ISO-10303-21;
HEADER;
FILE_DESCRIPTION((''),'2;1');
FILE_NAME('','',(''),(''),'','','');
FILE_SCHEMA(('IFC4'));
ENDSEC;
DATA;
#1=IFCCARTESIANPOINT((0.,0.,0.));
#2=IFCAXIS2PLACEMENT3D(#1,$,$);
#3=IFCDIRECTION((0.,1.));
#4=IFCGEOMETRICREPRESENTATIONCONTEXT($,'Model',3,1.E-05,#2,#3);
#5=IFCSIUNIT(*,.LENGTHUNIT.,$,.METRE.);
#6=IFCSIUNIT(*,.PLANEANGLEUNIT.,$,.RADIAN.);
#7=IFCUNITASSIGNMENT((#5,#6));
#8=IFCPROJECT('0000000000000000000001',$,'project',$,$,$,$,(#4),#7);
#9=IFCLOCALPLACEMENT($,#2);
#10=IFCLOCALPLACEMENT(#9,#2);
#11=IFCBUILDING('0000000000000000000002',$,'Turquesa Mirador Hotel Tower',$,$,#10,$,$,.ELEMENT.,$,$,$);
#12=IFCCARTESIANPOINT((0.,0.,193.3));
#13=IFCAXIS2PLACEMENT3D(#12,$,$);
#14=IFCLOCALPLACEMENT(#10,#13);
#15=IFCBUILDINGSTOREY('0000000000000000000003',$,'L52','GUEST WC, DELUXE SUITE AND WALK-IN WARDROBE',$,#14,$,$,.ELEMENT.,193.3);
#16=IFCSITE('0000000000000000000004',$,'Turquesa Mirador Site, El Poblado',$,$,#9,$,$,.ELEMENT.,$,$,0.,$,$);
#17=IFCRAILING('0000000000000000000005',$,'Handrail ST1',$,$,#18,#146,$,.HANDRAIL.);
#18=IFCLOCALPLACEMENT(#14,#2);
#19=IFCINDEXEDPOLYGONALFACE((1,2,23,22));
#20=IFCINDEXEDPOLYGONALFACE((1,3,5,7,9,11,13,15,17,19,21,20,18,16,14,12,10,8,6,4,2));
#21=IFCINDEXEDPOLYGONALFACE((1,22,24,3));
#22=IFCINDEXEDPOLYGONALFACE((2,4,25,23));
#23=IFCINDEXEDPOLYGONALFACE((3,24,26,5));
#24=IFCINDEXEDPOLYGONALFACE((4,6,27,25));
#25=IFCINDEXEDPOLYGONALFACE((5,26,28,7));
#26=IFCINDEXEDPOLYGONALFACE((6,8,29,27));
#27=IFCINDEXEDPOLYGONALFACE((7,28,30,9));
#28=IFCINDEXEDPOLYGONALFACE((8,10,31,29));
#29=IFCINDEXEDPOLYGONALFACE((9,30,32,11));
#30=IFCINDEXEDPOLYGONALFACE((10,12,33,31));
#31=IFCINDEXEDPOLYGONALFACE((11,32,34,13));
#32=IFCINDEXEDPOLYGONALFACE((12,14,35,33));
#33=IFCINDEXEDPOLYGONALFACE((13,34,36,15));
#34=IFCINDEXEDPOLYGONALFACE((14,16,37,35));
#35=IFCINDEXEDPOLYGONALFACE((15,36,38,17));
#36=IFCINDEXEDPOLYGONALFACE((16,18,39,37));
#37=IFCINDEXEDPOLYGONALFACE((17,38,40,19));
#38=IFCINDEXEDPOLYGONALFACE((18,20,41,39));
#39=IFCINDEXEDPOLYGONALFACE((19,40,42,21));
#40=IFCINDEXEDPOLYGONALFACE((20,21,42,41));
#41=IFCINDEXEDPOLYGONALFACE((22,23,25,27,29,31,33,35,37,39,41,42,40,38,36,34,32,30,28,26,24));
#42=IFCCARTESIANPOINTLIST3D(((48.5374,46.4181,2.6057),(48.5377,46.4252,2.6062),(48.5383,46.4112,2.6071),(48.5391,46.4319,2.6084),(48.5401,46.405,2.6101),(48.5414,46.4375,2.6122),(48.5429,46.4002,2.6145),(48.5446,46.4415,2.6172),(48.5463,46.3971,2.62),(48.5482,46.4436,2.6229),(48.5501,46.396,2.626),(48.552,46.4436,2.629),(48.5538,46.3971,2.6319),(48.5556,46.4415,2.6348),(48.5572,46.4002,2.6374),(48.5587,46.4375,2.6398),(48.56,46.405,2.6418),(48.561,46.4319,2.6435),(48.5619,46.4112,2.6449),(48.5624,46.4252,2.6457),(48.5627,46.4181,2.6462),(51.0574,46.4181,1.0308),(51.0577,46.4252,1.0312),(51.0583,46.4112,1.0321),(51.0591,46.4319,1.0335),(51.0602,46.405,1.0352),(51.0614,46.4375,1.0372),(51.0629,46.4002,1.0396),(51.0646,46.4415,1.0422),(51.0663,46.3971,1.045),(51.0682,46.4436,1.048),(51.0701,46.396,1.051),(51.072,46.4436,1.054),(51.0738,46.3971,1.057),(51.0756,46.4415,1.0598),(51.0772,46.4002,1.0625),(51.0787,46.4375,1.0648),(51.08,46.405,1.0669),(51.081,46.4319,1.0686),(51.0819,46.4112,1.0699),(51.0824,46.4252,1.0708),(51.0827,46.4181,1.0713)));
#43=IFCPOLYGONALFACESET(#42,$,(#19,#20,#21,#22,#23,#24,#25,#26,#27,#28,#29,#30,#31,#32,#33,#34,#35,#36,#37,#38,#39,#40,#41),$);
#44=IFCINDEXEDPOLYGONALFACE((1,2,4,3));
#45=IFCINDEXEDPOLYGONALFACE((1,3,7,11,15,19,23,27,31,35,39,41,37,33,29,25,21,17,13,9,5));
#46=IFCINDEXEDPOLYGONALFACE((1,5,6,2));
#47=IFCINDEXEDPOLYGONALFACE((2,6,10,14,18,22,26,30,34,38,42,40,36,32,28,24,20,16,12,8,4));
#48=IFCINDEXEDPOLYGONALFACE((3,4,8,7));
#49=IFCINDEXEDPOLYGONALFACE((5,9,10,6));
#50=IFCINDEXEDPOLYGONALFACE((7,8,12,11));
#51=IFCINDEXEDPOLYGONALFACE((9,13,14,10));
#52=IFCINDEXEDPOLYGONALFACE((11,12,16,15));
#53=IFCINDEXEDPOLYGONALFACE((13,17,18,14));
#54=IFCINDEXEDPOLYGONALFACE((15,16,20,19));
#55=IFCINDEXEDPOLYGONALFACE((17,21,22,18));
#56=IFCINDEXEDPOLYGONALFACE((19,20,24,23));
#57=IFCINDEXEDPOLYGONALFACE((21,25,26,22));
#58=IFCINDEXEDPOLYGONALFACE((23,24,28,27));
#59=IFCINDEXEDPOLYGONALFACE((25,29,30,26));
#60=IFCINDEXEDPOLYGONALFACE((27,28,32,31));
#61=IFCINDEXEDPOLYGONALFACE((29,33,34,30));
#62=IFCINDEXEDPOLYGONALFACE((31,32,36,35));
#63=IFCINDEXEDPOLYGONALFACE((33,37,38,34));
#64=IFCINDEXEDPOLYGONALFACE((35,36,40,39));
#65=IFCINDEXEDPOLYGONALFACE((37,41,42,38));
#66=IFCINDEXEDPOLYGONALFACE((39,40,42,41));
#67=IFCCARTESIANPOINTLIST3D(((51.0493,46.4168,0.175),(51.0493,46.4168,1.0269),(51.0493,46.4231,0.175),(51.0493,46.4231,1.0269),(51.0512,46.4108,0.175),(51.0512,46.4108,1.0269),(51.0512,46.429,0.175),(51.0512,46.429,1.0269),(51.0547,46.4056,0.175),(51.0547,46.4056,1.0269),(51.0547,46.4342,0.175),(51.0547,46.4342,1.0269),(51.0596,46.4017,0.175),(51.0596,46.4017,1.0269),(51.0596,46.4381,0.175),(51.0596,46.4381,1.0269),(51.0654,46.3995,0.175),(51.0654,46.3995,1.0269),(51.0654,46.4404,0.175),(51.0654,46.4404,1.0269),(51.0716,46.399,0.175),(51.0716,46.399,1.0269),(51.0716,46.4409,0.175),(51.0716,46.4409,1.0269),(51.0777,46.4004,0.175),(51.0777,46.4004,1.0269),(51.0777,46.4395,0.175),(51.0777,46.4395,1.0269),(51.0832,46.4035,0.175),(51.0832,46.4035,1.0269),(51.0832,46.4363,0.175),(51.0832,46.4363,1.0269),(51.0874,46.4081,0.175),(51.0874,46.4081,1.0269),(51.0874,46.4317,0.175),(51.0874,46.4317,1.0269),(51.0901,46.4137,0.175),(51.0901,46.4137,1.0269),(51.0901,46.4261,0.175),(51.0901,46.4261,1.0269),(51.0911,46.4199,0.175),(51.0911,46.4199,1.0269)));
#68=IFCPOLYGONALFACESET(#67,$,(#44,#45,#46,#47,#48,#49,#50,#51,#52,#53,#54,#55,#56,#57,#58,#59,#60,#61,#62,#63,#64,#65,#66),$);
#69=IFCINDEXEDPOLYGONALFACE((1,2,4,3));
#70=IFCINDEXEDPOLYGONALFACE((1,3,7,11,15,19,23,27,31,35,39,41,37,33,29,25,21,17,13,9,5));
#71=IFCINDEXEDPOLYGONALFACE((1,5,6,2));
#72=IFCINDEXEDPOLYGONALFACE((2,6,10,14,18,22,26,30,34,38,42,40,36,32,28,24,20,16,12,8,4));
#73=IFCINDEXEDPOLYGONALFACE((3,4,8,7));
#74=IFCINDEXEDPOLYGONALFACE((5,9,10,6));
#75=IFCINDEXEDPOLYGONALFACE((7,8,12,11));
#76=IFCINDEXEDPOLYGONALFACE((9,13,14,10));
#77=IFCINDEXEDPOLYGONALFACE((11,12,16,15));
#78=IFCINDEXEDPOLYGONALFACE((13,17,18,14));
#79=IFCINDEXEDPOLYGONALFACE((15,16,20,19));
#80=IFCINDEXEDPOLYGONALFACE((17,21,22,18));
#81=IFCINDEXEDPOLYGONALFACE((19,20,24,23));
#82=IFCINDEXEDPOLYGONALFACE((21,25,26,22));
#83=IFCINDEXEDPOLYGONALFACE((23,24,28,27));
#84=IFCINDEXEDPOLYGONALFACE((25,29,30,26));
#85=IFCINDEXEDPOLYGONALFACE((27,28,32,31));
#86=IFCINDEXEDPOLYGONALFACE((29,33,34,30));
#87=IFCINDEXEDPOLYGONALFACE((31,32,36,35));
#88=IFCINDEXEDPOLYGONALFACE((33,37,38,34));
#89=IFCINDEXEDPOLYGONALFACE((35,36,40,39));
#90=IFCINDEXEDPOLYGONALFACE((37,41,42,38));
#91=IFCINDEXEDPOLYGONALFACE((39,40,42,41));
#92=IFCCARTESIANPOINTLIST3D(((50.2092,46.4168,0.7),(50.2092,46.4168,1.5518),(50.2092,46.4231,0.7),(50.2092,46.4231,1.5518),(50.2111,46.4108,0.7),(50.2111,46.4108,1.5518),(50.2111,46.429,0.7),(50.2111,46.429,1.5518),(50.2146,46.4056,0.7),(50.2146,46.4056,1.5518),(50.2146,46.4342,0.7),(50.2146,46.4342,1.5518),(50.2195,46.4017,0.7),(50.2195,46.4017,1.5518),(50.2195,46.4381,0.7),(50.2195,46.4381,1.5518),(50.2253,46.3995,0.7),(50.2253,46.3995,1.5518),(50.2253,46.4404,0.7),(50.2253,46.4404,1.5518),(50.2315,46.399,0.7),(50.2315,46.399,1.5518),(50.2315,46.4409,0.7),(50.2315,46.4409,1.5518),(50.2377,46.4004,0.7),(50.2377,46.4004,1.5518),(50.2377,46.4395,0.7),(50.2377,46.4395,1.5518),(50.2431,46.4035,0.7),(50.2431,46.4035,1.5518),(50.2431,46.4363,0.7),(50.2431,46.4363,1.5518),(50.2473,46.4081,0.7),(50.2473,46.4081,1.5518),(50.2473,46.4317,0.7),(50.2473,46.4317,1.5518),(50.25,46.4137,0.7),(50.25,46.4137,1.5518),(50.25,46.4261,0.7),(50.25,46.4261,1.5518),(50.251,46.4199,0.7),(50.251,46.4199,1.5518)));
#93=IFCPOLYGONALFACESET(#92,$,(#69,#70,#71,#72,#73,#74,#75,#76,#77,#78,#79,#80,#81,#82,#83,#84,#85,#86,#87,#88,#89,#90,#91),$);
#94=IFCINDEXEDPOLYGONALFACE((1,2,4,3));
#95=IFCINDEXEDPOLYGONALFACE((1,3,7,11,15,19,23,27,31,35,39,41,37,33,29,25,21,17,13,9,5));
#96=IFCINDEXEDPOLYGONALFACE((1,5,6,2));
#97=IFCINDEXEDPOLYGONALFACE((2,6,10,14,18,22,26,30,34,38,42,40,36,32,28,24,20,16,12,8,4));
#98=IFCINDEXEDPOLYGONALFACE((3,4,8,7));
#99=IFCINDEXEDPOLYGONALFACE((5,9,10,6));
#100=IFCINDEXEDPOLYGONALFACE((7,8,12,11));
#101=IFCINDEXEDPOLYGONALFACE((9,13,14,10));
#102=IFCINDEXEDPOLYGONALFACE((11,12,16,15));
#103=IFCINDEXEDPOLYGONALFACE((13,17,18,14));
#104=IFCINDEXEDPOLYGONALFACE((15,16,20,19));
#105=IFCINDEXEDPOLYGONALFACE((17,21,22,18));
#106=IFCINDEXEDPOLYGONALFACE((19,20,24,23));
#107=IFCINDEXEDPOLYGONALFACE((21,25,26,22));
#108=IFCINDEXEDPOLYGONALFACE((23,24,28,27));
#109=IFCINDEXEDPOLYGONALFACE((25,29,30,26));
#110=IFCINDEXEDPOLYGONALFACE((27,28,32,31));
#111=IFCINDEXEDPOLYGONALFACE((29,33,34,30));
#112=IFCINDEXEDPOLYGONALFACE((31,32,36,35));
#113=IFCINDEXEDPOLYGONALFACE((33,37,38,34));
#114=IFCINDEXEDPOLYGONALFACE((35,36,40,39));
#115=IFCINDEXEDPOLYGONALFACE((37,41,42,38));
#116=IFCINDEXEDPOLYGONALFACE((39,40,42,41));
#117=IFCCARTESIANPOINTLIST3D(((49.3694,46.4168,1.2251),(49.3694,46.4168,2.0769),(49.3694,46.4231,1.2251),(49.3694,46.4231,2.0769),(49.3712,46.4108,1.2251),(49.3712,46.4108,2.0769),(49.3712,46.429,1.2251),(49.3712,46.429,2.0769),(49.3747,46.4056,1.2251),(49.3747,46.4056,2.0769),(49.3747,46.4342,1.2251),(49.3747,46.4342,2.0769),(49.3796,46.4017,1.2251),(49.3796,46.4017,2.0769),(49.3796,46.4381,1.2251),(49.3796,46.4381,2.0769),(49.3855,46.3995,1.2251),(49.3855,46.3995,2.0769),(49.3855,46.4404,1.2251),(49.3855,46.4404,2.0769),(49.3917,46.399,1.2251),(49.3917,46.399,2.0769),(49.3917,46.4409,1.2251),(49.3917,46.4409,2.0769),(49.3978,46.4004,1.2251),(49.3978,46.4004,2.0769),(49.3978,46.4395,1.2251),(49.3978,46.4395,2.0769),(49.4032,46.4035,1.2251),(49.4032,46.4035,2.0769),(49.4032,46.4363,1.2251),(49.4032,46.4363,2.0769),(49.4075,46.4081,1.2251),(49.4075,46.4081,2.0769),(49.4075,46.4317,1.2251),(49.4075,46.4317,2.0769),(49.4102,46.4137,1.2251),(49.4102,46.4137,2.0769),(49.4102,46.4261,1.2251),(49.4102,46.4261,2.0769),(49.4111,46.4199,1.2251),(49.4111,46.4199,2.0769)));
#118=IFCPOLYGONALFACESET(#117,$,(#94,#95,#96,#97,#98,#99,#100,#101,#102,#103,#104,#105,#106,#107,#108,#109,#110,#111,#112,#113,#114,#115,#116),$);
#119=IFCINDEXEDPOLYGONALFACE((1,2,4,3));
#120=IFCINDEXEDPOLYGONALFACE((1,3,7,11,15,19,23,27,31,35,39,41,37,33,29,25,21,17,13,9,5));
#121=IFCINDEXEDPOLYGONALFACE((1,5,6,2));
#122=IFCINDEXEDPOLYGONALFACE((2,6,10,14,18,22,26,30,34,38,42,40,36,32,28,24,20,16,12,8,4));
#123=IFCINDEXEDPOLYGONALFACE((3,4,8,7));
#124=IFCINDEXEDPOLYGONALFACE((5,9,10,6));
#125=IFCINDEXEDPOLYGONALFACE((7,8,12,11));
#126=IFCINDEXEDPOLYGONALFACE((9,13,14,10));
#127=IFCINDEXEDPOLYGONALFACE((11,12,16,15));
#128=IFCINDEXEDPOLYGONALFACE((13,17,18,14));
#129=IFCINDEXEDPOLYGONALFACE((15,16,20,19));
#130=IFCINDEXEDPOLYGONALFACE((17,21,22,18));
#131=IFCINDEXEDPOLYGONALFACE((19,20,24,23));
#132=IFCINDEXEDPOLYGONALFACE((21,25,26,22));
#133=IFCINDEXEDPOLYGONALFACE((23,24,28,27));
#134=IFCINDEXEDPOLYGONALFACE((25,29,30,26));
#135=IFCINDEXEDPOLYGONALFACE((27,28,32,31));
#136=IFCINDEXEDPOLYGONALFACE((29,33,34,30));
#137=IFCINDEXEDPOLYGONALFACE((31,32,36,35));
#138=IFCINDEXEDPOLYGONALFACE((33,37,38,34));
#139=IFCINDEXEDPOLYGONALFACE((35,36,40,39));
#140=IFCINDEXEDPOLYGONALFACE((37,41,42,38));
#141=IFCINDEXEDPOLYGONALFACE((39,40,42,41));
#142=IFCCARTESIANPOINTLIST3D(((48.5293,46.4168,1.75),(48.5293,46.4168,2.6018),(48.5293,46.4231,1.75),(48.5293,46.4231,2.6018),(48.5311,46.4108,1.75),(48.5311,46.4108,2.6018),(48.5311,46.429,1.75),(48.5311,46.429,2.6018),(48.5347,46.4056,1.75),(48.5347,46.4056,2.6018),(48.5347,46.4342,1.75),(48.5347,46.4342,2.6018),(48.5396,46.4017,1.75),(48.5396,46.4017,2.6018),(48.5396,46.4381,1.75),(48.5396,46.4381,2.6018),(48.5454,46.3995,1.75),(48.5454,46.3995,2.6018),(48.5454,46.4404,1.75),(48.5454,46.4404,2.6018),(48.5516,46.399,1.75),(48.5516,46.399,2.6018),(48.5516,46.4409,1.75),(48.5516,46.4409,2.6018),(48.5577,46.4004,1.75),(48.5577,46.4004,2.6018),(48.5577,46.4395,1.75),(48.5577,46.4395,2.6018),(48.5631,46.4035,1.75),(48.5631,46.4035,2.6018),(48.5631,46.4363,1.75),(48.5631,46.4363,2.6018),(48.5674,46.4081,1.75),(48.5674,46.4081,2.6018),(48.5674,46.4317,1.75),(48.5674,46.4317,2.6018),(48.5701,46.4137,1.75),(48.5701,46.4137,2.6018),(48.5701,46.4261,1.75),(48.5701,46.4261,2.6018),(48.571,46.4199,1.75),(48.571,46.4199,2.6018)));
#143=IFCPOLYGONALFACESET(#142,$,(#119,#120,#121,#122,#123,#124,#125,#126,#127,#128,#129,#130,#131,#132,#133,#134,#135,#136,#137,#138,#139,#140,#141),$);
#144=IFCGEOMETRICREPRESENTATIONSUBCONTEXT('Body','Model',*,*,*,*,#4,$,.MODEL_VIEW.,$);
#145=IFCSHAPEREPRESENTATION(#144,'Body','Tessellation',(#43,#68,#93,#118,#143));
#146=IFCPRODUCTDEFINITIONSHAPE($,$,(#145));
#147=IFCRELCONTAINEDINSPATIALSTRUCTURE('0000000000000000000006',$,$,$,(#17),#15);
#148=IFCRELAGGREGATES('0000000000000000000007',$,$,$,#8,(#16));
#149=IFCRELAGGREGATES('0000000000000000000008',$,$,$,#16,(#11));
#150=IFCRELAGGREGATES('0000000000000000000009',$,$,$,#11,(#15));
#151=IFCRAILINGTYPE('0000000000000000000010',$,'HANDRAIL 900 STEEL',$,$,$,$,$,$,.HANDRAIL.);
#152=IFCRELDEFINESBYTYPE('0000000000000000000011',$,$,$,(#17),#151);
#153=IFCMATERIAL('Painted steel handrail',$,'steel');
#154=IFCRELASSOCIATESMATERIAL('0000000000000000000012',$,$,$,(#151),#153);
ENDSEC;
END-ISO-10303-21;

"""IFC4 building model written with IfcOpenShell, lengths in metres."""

from ifc_helpers import new_model, si_unit, direction, frame, origin, origin_2d, place, context, subcontext, project, spatial, circle, extrude, material, type_object, element, save


model = new_model("IFC4")

# Units and contexts
model_context = context("Model", 3, precision=1e-05, world=origin(), true_north=direction((0.0, 1.0)))
body_context = subcontext(model_context, "Body", "Model", "MODEL_VIEW")
ifc_project = project(units=[si_unit("LENGTHUNIT", "METRE"), si_unit("PLANEANGLEUNIT", "RADIAN")], contexts=[model_context])

# Site, building, storey
site_placement = place(None, origin())
site = spatial("IfcSite", under=ifc_project, at=site_placement, Name="Turquesa Mirador Site, El Poblado", CompositionType="ELEMENT", RefElevation=0.0)
building_placement = place(site_placement, origin())
building = spatial("IfcBuilding", under=site, at=building_placement, Name="Turquesa Mirador Hotel Tower", CompositionType="ELEMENT")
storey_placement = place(building_placement, frame((0.0, 0.0, 193.3)))
storey = spatial("IfcBuildingStorey", under=building, at=storey_placement, Name="L52", Description="GUEST WC, DELUXE SUITE AND WALK-IN WARDROBE", CompositionType="ELEMENT", Elevation=193.3)

# Railing
ifc_material_1 = material(Name="Painted steel handrail", Category="steel")
railing_type = type_object("IfcRailingType", Name="HANDRAIL 900 STEEL", PredefinedType="HANDRAIL", material=ifc_material_1)
railing_1_placement = place(storey_placement, frame((51.0701, 46.4199, 0.175)))
element("IfcRailing", 1, at=railing_1_placement, inside=storey, type_object=railing_type, Name="Handrail ST1", PredefinedType="HANDRAIL", context=body_context, shape_type="SweptSolid", body=[
    extrude(circle(Radius=0.0239, at=origin_2d()), frame((0.0, 0.0, 0.876), z_axis=(-0.848008, 0.0, 0.529984), x_axis=(0.0, -1.0, 0.0)), (0.0, 0.0, 1.0), 2.9717),
    extrude(circle(Radius=0.021, at=origin_2d()), origin(), (0.0, 0.0, 1.0), 0.8518),
    extrude(circle(Radius=0.021, at=origin_2d()), frame((-0.8401, 0.0, 0.5249)), (0.0, 0.0, 1.0), 0.8518),
    extrude(circle(Radius=0.021, at=origin_2d()), frame((-1.6799, 0.0, 1.05)), (0.0, 0.0, 1.0), 0.8518),
    extrude(circle(Radius=0.021, at=origin_2d()), frame((-2.52, 0.0, 1.575)), (0.0, 0.0, 1.0), 0.8518),
])

save(model, "model.ifc")
